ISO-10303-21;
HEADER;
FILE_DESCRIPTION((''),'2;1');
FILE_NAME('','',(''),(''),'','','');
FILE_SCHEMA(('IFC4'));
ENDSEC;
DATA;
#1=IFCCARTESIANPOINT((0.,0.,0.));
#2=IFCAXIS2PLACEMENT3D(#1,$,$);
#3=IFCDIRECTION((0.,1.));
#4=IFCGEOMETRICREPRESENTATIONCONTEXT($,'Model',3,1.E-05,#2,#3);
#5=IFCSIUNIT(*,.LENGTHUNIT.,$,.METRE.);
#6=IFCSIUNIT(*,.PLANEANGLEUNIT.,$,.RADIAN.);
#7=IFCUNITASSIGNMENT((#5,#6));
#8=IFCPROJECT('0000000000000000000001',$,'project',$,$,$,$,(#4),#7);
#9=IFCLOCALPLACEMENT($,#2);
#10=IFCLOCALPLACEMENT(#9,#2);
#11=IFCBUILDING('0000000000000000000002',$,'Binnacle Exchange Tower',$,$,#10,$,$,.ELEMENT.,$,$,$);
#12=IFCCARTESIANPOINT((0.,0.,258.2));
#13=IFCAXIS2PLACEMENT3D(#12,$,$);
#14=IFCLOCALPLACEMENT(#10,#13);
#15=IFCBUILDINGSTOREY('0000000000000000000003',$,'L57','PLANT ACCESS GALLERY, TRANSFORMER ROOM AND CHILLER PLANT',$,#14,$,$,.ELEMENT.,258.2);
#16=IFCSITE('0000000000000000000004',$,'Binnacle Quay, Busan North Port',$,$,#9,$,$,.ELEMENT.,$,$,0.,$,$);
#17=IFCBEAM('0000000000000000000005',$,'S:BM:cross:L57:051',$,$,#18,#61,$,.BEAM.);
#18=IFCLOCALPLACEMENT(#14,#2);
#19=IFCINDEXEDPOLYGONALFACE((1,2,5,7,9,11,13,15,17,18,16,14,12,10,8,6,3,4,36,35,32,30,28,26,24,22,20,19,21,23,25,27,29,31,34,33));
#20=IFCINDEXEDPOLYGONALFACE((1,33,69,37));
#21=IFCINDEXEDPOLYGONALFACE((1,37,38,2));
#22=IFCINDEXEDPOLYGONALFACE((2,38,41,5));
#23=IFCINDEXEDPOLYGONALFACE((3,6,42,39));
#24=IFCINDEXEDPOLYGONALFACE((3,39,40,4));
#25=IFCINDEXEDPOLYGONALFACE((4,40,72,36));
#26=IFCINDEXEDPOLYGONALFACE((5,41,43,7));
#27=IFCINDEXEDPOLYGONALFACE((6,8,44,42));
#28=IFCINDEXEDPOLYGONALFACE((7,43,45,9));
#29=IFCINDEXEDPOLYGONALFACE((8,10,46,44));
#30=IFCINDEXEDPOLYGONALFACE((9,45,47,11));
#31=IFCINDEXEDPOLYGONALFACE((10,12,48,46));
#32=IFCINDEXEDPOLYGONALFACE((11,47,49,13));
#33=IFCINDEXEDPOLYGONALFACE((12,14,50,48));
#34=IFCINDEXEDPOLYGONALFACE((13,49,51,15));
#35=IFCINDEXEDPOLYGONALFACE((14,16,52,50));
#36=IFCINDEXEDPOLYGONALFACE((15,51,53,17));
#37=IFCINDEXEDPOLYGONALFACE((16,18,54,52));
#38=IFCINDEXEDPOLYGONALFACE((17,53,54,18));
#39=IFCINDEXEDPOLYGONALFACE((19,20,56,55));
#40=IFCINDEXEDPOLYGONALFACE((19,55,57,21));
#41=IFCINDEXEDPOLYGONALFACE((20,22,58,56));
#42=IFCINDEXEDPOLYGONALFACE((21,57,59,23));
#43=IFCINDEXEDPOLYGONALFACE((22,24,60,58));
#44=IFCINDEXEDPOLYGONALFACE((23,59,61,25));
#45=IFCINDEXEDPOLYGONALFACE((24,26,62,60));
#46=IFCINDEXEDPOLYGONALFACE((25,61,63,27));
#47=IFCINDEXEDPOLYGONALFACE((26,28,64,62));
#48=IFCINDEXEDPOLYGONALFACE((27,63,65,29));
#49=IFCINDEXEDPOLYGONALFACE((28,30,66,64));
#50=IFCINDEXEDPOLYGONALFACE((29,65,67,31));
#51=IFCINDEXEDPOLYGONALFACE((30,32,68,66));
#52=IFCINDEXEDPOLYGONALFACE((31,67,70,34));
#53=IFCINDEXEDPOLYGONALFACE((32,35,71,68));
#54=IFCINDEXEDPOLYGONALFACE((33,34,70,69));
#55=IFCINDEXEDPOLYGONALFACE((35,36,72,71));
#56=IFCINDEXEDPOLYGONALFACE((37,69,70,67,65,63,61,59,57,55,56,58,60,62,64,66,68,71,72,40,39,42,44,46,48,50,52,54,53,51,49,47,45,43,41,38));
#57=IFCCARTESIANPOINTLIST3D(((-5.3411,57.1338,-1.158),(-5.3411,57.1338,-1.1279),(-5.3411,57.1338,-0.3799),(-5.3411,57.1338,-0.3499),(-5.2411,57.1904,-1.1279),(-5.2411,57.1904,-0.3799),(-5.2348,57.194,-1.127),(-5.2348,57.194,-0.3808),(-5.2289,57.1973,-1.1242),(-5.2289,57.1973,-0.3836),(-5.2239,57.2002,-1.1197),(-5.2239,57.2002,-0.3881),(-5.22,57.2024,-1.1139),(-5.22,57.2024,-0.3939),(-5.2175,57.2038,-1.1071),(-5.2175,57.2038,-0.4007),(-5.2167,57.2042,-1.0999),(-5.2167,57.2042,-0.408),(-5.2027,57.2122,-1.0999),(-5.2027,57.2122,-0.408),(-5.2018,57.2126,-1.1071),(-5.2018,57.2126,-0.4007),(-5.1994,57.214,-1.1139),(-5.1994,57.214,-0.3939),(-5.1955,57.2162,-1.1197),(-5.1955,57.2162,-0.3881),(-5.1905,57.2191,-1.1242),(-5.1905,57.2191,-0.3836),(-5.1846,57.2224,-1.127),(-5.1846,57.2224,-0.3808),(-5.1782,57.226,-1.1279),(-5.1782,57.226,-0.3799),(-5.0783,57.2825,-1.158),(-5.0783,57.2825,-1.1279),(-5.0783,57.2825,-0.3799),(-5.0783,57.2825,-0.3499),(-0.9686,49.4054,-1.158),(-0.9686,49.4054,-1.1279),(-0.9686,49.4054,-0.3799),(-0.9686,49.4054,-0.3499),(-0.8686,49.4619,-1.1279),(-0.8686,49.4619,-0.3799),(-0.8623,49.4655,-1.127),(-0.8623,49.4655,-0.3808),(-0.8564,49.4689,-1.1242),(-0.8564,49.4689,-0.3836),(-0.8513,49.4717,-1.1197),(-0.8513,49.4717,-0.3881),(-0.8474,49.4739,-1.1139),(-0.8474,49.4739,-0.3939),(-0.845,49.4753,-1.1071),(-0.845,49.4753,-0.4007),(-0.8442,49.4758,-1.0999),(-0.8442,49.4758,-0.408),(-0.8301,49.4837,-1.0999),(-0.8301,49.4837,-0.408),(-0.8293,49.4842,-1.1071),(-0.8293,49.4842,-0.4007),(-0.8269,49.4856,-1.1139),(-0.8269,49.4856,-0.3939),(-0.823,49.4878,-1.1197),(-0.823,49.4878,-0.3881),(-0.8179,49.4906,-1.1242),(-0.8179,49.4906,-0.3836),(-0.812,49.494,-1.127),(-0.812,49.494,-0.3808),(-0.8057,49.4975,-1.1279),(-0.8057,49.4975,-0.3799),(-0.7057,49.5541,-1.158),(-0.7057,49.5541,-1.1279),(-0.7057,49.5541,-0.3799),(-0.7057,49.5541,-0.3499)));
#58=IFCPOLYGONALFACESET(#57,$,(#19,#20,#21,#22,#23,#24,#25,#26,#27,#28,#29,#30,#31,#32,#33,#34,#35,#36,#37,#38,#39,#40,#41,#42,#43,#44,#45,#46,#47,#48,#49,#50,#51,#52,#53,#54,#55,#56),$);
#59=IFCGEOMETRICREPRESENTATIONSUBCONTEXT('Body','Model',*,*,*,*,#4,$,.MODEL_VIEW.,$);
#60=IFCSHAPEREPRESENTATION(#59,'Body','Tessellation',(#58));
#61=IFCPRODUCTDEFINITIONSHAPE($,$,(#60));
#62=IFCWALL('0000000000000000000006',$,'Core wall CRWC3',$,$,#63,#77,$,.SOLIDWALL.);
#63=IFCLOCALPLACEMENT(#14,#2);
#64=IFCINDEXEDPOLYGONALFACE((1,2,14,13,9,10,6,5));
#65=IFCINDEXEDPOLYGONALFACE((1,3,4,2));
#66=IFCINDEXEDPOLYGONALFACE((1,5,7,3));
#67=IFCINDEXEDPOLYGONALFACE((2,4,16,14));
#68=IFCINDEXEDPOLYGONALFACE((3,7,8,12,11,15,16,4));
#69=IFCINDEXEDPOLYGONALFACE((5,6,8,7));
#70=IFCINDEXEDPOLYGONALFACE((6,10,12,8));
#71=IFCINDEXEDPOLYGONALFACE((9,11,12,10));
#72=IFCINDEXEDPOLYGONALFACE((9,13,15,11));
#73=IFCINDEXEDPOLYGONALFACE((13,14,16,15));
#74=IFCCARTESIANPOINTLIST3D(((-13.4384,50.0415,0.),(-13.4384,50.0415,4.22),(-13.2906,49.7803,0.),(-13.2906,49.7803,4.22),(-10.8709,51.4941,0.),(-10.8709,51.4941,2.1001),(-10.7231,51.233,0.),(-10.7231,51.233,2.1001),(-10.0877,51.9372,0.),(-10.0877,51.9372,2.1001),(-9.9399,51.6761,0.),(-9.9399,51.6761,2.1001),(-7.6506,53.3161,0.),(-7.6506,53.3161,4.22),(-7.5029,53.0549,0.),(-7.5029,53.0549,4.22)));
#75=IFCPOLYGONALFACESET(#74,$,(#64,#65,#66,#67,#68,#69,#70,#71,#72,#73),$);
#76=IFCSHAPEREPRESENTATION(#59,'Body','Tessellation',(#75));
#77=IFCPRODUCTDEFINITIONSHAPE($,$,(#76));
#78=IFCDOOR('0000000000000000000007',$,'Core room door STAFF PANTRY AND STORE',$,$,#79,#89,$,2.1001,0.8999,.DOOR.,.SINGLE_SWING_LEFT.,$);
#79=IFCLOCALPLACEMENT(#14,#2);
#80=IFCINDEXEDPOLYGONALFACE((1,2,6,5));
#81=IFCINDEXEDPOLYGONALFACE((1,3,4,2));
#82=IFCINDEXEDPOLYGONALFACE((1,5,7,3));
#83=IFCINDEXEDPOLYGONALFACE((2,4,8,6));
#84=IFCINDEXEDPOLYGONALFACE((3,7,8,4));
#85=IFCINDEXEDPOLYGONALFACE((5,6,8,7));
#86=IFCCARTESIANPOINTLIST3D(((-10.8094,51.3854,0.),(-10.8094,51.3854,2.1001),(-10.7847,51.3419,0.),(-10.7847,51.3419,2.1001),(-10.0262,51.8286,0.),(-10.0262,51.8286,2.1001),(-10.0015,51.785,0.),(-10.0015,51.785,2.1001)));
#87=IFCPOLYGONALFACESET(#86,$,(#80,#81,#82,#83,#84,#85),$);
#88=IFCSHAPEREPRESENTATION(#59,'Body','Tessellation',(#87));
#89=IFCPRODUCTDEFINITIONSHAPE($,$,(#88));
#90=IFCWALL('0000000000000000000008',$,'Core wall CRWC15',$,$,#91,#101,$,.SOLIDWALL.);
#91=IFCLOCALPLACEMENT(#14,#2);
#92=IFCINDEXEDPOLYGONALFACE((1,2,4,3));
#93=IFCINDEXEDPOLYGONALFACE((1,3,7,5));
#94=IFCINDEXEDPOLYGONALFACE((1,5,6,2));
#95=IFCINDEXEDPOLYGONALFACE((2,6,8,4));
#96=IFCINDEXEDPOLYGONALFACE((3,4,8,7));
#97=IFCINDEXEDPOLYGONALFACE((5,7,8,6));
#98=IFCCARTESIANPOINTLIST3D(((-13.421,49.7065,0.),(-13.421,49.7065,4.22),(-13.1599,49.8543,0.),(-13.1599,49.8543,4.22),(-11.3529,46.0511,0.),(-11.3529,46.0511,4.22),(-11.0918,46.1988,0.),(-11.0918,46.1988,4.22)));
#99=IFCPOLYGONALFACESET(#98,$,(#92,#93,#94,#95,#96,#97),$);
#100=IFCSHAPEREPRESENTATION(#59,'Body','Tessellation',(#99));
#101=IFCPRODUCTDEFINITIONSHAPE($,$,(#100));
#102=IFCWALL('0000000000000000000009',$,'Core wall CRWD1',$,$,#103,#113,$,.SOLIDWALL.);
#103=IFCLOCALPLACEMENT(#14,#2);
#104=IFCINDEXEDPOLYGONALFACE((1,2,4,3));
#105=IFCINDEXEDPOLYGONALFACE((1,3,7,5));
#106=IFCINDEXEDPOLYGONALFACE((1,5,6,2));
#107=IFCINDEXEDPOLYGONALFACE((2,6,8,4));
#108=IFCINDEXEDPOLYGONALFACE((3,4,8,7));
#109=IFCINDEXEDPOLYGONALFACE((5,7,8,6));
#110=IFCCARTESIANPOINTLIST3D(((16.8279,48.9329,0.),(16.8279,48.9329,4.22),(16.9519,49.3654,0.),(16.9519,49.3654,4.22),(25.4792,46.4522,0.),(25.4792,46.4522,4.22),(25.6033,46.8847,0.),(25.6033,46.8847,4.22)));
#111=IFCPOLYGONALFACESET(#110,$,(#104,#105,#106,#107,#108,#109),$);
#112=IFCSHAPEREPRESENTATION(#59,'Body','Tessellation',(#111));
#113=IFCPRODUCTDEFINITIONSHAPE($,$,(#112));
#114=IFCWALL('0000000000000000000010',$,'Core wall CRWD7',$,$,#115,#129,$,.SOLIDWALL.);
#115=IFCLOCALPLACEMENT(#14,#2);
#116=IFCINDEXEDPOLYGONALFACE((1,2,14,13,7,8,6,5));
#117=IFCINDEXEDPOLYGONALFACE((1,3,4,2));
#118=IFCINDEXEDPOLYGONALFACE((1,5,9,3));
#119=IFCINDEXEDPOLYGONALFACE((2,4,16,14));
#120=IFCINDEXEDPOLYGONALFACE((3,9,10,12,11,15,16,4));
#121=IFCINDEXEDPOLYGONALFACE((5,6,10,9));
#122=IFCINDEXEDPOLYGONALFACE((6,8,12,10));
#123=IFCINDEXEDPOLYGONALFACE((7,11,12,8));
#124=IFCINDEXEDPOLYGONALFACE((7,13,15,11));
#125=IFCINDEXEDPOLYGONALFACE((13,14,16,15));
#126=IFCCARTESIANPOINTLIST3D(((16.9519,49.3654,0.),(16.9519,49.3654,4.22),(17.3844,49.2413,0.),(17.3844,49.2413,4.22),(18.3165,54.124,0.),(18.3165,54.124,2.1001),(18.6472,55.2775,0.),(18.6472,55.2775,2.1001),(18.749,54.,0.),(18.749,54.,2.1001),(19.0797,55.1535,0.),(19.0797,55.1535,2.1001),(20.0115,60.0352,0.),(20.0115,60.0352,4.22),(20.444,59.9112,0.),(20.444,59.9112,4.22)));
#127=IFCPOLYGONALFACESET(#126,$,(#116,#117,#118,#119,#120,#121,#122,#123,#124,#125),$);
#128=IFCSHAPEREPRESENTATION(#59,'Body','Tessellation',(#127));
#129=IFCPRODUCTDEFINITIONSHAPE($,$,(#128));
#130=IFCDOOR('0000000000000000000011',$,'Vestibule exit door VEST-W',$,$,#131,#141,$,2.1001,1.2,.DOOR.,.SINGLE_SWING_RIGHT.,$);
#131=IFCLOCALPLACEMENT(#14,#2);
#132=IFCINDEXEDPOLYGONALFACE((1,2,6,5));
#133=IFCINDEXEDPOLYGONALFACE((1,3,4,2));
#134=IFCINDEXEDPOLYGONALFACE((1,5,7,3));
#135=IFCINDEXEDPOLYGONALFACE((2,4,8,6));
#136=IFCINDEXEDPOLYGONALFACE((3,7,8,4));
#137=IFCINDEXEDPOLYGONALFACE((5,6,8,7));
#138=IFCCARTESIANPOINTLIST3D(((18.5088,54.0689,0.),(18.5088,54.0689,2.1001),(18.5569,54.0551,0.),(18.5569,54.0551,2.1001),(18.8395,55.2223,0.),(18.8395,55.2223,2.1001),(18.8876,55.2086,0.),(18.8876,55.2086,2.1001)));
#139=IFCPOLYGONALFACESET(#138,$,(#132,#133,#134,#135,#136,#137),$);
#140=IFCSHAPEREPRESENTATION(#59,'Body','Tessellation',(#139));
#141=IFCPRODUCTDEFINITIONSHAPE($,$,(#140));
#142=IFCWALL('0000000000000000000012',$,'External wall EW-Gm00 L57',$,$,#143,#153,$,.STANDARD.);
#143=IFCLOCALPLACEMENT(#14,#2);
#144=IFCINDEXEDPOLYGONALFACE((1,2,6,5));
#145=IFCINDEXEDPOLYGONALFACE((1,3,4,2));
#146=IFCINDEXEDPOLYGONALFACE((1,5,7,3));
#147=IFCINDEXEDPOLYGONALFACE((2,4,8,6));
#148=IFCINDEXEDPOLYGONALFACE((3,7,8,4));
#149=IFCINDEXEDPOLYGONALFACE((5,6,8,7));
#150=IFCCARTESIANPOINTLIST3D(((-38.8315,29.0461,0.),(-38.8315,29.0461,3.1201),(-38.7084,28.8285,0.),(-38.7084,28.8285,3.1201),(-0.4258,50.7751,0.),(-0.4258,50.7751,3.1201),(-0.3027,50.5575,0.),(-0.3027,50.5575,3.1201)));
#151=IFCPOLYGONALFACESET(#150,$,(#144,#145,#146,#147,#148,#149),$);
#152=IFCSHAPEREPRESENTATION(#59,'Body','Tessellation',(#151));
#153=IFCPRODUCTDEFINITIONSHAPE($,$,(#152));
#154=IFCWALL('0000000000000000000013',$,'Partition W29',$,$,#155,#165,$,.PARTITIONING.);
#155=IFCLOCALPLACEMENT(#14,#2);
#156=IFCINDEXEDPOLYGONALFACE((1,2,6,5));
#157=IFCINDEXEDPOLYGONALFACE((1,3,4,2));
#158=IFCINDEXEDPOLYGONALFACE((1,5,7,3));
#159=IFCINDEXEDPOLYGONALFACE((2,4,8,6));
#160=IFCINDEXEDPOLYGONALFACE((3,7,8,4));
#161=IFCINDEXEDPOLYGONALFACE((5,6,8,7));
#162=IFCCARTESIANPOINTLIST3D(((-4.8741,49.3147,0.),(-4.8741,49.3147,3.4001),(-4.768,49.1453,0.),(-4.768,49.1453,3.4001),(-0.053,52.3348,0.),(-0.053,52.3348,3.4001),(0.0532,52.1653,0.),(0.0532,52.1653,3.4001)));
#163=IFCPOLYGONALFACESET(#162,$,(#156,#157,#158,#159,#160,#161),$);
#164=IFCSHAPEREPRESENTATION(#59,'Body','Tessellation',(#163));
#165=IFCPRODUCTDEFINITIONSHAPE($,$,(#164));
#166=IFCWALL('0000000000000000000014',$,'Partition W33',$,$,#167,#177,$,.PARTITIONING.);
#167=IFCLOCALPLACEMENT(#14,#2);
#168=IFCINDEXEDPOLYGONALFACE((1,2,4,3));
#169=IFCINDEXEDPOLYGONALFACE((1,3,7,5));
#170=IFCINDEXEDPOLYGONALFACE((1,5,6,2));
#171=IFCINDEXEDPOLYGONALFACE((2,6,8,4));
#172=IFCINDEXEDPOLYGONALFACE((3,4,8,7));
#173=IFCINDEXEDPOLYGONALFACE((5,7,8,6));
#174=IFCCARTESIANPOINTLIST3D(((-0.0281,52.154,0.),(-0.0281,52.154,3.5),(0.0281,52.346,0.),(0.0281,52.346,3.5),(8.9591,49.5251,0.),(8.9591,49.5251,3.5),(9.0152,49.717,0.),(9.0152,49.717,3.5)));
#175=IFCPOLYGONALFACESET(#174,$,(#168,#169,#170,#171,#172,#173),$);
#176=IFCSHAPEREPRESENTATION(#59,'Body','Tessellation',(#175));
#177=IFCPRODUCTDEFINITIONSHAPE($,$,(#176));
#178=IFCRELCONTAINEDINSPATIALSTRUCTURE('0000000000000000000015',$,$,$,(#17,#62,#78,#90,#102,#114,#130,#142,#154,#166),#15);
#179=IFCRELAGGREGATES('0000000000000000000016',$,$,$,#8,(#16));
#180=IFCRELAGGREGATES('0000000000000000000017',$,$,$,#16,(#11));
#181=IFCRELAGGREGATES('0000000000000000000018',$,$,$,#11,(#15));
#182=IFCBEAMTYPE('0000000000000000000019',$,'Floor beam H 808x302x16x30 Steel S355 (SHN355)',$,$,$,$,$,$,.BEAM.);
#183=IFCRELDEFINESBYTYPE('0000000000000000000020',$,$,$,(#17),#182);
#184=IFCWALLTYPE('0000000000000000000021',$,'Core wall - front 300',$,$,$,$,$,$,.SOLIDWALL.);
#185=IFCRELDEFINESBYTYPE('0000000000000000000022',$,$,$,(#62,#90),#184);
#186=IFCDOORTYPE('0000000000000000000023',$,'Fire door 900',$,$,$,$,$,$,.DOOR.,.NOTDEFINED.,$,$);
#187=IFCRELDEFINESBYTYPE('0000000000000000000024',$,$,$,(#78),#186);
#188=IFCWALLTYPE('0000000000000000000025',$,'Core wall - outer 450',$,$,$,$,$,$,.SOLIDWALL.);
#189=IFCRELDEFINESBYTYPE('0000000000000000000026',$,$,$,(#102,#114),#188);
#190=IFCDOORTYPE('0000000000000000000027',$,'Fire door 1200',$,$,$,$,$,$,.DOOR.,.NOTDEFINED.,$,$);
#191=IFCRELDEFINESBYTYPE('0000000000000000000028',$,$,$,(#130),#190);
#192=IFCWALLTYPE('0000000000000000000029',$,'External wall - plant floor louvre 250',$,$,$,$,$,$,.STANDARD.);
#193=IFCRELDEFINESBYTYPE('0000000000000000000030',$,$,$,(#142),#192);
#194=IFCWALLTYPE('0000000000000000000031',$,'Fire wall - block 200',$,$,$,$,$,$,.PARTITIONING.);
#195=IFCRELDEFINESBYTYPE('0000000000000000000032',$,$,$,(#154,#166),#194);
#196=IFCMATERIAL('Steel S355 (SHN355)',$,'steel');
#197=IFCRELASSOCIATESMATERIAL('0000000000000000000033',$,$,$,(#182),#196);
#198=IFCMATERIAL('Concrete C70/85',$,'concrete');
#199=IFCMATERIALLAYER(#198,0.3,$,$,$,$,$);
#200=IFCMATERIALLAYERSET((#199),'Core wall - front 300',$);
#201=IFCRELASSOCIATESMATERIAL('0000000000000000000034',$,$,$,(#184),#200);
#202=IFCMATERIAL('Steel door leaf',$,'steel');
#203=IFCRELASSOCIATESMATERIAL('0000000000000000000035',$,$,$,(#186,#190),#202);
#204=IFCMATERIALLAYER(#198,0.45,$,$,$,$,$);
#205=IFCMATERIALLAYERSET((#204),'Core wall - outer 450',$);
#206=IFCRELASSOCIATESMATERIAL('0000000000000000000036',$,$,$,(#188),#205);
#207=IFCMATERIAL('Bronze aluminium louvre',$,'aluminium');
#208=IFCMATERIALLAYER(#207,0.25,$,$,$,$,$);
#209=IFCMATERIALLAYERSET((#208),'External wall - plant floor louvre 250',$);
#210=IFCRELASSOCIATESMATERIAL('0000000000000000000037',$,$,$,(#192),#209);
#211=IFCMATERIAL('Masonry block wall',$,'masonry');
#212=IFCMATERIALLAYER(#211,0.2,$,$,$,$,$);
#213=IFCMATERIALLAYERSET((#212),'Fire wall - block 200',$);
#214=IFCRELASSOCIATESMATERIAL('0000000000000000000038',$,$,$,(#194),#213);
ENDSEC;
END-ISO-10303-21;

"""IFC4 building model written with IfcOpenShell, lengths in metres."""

from ifc_helpers import new_model, si_unit, direction, frame, frame_2d, origin, origin_2d, place, context, subcontext, project, spatial, rectangle, i_section, extrude, material, layer, layer_set, material_profile, profile_set, type_object, element, fill, save


model = new_model("IFC4")

# Units and contexts
model_context = context("Model", 3, precision=1e-05, world=origin(), true_north=direction((0.0, 1.0)))
body_context = subcontext(model_context, "Body", "Model", "MODEL_VIEW")
ifc_project = project(units=[si_unit("LENGTHUNIT", "METRE"), si_unit("PLANEANGLEUNIT", "RADIAN")], contexts=[model_context])

# Site, building, storey
site_placement = place(None, origin())
site = spatial("IfcSite", under=ifc_project, at=site_placement, Name="Binnacle Quay, Busan North Port", CompositionType="ELEMENT", RefElevation=0.0)
building_placement = place(site_placement, origin())
building = spatial("IfcBuilding", under=site, at=building_placement, Name="Binnacle Exchange Tower", CompositionType="ELEMENT")
storey_placement = place(building_placement, frame((0.0, 0.0, 258.2)))
storey = spatial("IfcBuildingStorey", under=building, at=storey_placement, Name="L57", Description="PLANT ACCESS GALLERY, TRANSFORMER ROOM AND CHILLER PLANT", CompositionType="ELEMENT", Elevation=258.2)

# Shared definitions
ifc_material_1 = material(Name="Steel S355 (SHN355)", Category="steel")

# Beam
ifc_material_profile_1 = material_profile(ifc_material_1, i_section(OverallWidth=0.302, OverallDepth=0.8081, WebThickness=0.0161, FlangeThickness=0.03, FilletRadius=0.0281, at=origin_2d()), Name="H 808x302x16x30")
ifc_profile_set_1 = profile_set([ifc_material_profile_1], Name="Steel S355 (SHN355)")
beam_type_1 = type_object("IfcBeamType", Name="Floor beam H 808x302x16x30 Steel S355 (SHN355)", PredefinedType="BEAM", material=ifc_profile_set_1)
beam_1_placement = place(storey_placement, frame((-0.8372, 49.4797, -0.7539), z_axis=(-0.492421, 0.870357, 0.0), x_axis=(-0.870357, -0.492421, 0.0)))
element("IfcBeam", 1, at=beam_1_placement, inside=storey, type_object=beam_type_1, Name="S:BM:cross:L57:051", PredefinedType="BEAM", context=body_context, shape_type="SweptSolid", body=[
    extrude(i_section(OverallWidth=0.302, OverallDepth=0.8081, WebThickness=0.0161, FlangeThickness=0.03, FilletRadius=0.0281, at=origin_2d()), origin(), (0.0, 0.0, 1.0), 8.8796),
])

# Wall, opening, door
ifc_material_2 = material(Name="Concrete C70/85", Category="concrete")
ifc_layer_1 = layer(ifc_material_2, 0.3)
ifc_layer_set_1 = layer_set([ifc_layer_1], Name="Core wall - front 300")
wall_type_1 = type_object("IfcWallType", Name="Core wall - front 300", PredefinedType="SOLIDWALL", material=ifc_layer_set_1)
wall_1_placement = place(storey_placement, frame((-13.3645, 49.9109, 0.0), z_axis=(0.0, 0.0, 1.0), x_axis=(0.870352, 0.49243, 0.0)))
wall_1 = element("IfcWall", 2, at=wall_1_placement, inside=storey, type_object=wall_type_1, Name="Core wall CRWC3", PredefinedType="SOLIDWALL", context=body_context, shape_type="SweptSolid", body=[
    extrude(rectangle(XDim=6.6499, YDim=0.3, at=frame_2d((3.325, 0.0))), origin(), (0.0, 0.0, 1.0), 4.22),
])
opening_1_placement = place(wall_1_placement, frame((2.95, 0.0, 0.0)))
opening_1 = element("IfcOpeningElement", 3, at=opening_1_placement, cuts=wall_1, PredefinedType="OPENING", context=body_context, shape_type="SweptSolid", body=[
    extrude(rectangle(XDim=0.8999, YDim=2.1001, at=frame_2d((0.45, 1.05))), frame((0.0, 0.1599, 0.0), z_axis=(0.0, -1.0, 0.0), x_axis=(1.0, 0.0, 0.0)), (0.0, 0.0, 1.0), 0.3201),
])
ifc_material_3 = material(Name="Steel door leaf", Category="steel")
door_type_1 = type_object("IfcDoorType", Name="Fire door 900", OperationType="NOTDEFINED", PredefinedType="DOOR", material=ifc_material_3)
door_1_placement = place(opening_1_placement, frame((0.8999, 0.0, 0.0), z_axis=(0.0, 0.0, 1.0), x_axis=(-1.0, 0.0, 0.0)))
door_1 = element("IfcDoor", 4, at=door_1_placement, inside=storey, type_object=door_type_1, Name="Core room door STAFF PANTRY AND STORE", OperationType="SINGLE_SWING_LEFT", OverallHeight=2.1001, OverallWidth=0.8999, PredefinedType="DOOR", context=body_context, shape_type="SweptSolid", body=[
    extrude(rectangle(XDim=0.8999, YDim=2.1001, at=frame_2d((0.45, 1.05))), frame((0.0, 0.0249, 0.0), z_axis=(0.0, -1.0, 0.0), x_axis=(1.0, 0.0, 0.0)), (0.0, 0.0, 1.0), 0.05),
])
fill(opening_1, door_1)

# Walls
wall_2_placement = place(storey_placement, frame((-13.2905, 49.7805, 0.0), z_axis=(0.0, 0.0, 1.0), x_axis=(0.49241, -0.870364, 0.0)))
element("IfcWall", 5, at=wall_2_placement, inside=storey, type_object=wall_type_1, Name="Core wall CRWC15", PredefinedType="SOLIDWALL", context=body_context, shape_type="SweptSolid", body=[
    extrude(rectangle(XDim=4.2, YDim=0.3, at=frame_2d((2.1001, 0.0))), origin(), (0.0, 0.0, 1.0), 4.22),
])
ifc_layer_2 = layer(ifc_material_2, 0.45)
ifc_layer_set_2 = layer_set([ifc_layer_2], Name="Core wall - outer 450")
wall_type_2 = type_object("IfcWallType", Name="Core wall - outer 450", PredefinedType="SOLIDWALL", material=ifc_layer_set_2)
wall_3_placement = place(storey_placement, frame((16.8899, 49.1492, 0.0), z_axis=(0.0, 0.0, 1.0), x_axis=(0.961262, -0.275635, 0.0)))
element("IfcWall", 6, at=wall_3_placement, inside=storey, type_object=wall_type_2, Name="Core wall CRWD1", PredefinedType="SOLIDWALL", context=body_context, shape_type="SweptSolid", body=[
    extrude(rectangle(XDim=9.0, YDim=0.45, at=frame_2d((4.5, 0.0))), origin(), (0.0, 0.0, 1.0), 4.22),
])

# Wall, opening, door
wall_4_placement = place(storey_placement, frame((17.1682, 49.3035, 0.0), z_axis=(0.0, 0.0, 1.0), x_axis=(0.275639, 0.961261, 0.0)))
wall_4 = element("IfcWall", 7, at=wall_4_placement, inside=storey, type_object=wall_type_2, Name="Core wall CRWD7", PredefinedType="SOLIDWALL", context=body_context, shape_type="SweptSolid", body=[
    extrude(rectangle(XDim=11.0999, YDim=0.45, at=frame_2d((5.5498, 0.0))), origin(), (0.0, 0.0, 1.0), 4.22),
])
opening_2_placement = place(wall_4_placement, frame((4.9502, 0.0, 0.0)))
opening_2 = element("IfcOpeningElement", 8, at=opening_2_placement, cuts=wall_4, PredefinedType="OPENING", context=body_context, shape_type="SweptSolid", body=[
    extrude(rectangle(XDim=1.2, YDim=2.1001, at=frame_2d((0.6001, 1.05))), frame((0.0, 0.2349, 0.0), z_axis=(0.0, -1.0, 0.0), x_axis=(1.0, 0.0, 0.0)), (0.0, 0.0, 1.0), 0.47),
])
door_type_2 = type_object("IfcDoorType", Name="Fire door 1200", OperationType="NOTDEFINED", PredefinedType="DOOR", material=ifc_material_3)
door_2_placement = place(opening_2_placement, origin())
door_2 = element("IfcDoor", 9, at=door_2_placement, inside=storey, type_object=door_type_2, Name="Vestibule exit door VEST-W", OperationType="SINGLE_SWING_RIGHT", OverallHeight=2.1001, OverallWidth=1.2, PredefinedType="DOOR", context=body_context, shape_type="SweptSolid", body=[
    extrude(rectangle(XDim=1.2, YDim=2.1001, at=frame_2d((0.6001, 1.05))), frame((0.0, 0.0249, 0.0), z_axis=(0.0, -1.0, 0.0), x_axis=(1.0, 0.0, 0.0)), (0.0, 0.0, 1.0), 0.05),
])
fill(opening_2, door_2)

# Walls
ifc_material_4 = material(Name="Bronze aluminium louvre", Category="aluminium")
ifc_layer_3 = layer(ifc_material_4, 0.25)
ifc_layer_set_3 = layer_set([ifc_layer_3], Name="External wall - plant floor louvre 250")
wall_type_3 = type_object("IfcWallType", Name="External wall - plant floor louvre 250", PredefinedType="STANDARD", material=ifc_layer_set_3)
wall_5_placement = place(storey_placement, frame((-0.3643, 50.6663, 0.0), z_axis=(0.0, 0.0, 1.0), x_axis=(-0.870355, -0.492425, 0.0)))
element("IfcWall", 10, at=wall_5_placement, inside=storey, type_object=wall_type_3, Name="External wall EW-Gm00 L57", PredefinedType="STANDARD", context=body_context, shape_type="SweptSolid", body=[
    extrude(rectangle(XDim=44.1265, YDim=0.25, at=frame_2d((22.0632, 0.0))), origin(), (0.0, 0.0, 1.0), 3.1201),
])
ifc_material_5 = material(Name="Masonry block wall", Category="masonry")
ifc_layer_4 = layer(ifc_material_5, 0.2)
ifc_layer_set_4 = layer_set([ifc_layer_4], Name="Fire wall - block 200")
wall_type_4 = type_object("IfcWallType", Name="Fire wall - block 200", PredefinedType="PARTITIONING", material=ifc_layer_set_4)
wall_6_placement = place(storey_placement, frame((-4.821, 49.23, 0.0), z_axis=(0.0, 0.0, 1.0), x_axis=(0.847455, 0.530867, 0.0)))
element("IfcWall", 11, at=wall_6_placement, inside=storey, type_object=wall_type_4, Name="Partition W29", PredefinedType="PARTITIONING", context=body_context, shape_type="SweptSolid", body=[
    extrude(rectangle(XDim=5.689, YDim=0.2, at=frame_2d((2.8445, 0.0))), origin(), (0.0, 0.0, 1.0), 3.4001),
])
wall_7_placement = place(storey_placement, frame((0.0, 52.25, 0.0), z_axis=(0.0, 0.0, 1.0), x_axis=(0.959779, -0.280756, 0.0)))
element("IfcWall", 12, at=wall_7_placement, inside=storey, type_object=wall_type_4, Name="Partition W33", PredefinedType="PARTITIONING", context=body_context, shape_type="SweptSolid", body=[
    extrude(rectangle(XDim=9.3638, YDim=0.2, at=frame_2d((4.6819, 0.0))), origin(), (0.0, 0.0, 1.0), 3.5),
])

save(model, "model.ifc")
